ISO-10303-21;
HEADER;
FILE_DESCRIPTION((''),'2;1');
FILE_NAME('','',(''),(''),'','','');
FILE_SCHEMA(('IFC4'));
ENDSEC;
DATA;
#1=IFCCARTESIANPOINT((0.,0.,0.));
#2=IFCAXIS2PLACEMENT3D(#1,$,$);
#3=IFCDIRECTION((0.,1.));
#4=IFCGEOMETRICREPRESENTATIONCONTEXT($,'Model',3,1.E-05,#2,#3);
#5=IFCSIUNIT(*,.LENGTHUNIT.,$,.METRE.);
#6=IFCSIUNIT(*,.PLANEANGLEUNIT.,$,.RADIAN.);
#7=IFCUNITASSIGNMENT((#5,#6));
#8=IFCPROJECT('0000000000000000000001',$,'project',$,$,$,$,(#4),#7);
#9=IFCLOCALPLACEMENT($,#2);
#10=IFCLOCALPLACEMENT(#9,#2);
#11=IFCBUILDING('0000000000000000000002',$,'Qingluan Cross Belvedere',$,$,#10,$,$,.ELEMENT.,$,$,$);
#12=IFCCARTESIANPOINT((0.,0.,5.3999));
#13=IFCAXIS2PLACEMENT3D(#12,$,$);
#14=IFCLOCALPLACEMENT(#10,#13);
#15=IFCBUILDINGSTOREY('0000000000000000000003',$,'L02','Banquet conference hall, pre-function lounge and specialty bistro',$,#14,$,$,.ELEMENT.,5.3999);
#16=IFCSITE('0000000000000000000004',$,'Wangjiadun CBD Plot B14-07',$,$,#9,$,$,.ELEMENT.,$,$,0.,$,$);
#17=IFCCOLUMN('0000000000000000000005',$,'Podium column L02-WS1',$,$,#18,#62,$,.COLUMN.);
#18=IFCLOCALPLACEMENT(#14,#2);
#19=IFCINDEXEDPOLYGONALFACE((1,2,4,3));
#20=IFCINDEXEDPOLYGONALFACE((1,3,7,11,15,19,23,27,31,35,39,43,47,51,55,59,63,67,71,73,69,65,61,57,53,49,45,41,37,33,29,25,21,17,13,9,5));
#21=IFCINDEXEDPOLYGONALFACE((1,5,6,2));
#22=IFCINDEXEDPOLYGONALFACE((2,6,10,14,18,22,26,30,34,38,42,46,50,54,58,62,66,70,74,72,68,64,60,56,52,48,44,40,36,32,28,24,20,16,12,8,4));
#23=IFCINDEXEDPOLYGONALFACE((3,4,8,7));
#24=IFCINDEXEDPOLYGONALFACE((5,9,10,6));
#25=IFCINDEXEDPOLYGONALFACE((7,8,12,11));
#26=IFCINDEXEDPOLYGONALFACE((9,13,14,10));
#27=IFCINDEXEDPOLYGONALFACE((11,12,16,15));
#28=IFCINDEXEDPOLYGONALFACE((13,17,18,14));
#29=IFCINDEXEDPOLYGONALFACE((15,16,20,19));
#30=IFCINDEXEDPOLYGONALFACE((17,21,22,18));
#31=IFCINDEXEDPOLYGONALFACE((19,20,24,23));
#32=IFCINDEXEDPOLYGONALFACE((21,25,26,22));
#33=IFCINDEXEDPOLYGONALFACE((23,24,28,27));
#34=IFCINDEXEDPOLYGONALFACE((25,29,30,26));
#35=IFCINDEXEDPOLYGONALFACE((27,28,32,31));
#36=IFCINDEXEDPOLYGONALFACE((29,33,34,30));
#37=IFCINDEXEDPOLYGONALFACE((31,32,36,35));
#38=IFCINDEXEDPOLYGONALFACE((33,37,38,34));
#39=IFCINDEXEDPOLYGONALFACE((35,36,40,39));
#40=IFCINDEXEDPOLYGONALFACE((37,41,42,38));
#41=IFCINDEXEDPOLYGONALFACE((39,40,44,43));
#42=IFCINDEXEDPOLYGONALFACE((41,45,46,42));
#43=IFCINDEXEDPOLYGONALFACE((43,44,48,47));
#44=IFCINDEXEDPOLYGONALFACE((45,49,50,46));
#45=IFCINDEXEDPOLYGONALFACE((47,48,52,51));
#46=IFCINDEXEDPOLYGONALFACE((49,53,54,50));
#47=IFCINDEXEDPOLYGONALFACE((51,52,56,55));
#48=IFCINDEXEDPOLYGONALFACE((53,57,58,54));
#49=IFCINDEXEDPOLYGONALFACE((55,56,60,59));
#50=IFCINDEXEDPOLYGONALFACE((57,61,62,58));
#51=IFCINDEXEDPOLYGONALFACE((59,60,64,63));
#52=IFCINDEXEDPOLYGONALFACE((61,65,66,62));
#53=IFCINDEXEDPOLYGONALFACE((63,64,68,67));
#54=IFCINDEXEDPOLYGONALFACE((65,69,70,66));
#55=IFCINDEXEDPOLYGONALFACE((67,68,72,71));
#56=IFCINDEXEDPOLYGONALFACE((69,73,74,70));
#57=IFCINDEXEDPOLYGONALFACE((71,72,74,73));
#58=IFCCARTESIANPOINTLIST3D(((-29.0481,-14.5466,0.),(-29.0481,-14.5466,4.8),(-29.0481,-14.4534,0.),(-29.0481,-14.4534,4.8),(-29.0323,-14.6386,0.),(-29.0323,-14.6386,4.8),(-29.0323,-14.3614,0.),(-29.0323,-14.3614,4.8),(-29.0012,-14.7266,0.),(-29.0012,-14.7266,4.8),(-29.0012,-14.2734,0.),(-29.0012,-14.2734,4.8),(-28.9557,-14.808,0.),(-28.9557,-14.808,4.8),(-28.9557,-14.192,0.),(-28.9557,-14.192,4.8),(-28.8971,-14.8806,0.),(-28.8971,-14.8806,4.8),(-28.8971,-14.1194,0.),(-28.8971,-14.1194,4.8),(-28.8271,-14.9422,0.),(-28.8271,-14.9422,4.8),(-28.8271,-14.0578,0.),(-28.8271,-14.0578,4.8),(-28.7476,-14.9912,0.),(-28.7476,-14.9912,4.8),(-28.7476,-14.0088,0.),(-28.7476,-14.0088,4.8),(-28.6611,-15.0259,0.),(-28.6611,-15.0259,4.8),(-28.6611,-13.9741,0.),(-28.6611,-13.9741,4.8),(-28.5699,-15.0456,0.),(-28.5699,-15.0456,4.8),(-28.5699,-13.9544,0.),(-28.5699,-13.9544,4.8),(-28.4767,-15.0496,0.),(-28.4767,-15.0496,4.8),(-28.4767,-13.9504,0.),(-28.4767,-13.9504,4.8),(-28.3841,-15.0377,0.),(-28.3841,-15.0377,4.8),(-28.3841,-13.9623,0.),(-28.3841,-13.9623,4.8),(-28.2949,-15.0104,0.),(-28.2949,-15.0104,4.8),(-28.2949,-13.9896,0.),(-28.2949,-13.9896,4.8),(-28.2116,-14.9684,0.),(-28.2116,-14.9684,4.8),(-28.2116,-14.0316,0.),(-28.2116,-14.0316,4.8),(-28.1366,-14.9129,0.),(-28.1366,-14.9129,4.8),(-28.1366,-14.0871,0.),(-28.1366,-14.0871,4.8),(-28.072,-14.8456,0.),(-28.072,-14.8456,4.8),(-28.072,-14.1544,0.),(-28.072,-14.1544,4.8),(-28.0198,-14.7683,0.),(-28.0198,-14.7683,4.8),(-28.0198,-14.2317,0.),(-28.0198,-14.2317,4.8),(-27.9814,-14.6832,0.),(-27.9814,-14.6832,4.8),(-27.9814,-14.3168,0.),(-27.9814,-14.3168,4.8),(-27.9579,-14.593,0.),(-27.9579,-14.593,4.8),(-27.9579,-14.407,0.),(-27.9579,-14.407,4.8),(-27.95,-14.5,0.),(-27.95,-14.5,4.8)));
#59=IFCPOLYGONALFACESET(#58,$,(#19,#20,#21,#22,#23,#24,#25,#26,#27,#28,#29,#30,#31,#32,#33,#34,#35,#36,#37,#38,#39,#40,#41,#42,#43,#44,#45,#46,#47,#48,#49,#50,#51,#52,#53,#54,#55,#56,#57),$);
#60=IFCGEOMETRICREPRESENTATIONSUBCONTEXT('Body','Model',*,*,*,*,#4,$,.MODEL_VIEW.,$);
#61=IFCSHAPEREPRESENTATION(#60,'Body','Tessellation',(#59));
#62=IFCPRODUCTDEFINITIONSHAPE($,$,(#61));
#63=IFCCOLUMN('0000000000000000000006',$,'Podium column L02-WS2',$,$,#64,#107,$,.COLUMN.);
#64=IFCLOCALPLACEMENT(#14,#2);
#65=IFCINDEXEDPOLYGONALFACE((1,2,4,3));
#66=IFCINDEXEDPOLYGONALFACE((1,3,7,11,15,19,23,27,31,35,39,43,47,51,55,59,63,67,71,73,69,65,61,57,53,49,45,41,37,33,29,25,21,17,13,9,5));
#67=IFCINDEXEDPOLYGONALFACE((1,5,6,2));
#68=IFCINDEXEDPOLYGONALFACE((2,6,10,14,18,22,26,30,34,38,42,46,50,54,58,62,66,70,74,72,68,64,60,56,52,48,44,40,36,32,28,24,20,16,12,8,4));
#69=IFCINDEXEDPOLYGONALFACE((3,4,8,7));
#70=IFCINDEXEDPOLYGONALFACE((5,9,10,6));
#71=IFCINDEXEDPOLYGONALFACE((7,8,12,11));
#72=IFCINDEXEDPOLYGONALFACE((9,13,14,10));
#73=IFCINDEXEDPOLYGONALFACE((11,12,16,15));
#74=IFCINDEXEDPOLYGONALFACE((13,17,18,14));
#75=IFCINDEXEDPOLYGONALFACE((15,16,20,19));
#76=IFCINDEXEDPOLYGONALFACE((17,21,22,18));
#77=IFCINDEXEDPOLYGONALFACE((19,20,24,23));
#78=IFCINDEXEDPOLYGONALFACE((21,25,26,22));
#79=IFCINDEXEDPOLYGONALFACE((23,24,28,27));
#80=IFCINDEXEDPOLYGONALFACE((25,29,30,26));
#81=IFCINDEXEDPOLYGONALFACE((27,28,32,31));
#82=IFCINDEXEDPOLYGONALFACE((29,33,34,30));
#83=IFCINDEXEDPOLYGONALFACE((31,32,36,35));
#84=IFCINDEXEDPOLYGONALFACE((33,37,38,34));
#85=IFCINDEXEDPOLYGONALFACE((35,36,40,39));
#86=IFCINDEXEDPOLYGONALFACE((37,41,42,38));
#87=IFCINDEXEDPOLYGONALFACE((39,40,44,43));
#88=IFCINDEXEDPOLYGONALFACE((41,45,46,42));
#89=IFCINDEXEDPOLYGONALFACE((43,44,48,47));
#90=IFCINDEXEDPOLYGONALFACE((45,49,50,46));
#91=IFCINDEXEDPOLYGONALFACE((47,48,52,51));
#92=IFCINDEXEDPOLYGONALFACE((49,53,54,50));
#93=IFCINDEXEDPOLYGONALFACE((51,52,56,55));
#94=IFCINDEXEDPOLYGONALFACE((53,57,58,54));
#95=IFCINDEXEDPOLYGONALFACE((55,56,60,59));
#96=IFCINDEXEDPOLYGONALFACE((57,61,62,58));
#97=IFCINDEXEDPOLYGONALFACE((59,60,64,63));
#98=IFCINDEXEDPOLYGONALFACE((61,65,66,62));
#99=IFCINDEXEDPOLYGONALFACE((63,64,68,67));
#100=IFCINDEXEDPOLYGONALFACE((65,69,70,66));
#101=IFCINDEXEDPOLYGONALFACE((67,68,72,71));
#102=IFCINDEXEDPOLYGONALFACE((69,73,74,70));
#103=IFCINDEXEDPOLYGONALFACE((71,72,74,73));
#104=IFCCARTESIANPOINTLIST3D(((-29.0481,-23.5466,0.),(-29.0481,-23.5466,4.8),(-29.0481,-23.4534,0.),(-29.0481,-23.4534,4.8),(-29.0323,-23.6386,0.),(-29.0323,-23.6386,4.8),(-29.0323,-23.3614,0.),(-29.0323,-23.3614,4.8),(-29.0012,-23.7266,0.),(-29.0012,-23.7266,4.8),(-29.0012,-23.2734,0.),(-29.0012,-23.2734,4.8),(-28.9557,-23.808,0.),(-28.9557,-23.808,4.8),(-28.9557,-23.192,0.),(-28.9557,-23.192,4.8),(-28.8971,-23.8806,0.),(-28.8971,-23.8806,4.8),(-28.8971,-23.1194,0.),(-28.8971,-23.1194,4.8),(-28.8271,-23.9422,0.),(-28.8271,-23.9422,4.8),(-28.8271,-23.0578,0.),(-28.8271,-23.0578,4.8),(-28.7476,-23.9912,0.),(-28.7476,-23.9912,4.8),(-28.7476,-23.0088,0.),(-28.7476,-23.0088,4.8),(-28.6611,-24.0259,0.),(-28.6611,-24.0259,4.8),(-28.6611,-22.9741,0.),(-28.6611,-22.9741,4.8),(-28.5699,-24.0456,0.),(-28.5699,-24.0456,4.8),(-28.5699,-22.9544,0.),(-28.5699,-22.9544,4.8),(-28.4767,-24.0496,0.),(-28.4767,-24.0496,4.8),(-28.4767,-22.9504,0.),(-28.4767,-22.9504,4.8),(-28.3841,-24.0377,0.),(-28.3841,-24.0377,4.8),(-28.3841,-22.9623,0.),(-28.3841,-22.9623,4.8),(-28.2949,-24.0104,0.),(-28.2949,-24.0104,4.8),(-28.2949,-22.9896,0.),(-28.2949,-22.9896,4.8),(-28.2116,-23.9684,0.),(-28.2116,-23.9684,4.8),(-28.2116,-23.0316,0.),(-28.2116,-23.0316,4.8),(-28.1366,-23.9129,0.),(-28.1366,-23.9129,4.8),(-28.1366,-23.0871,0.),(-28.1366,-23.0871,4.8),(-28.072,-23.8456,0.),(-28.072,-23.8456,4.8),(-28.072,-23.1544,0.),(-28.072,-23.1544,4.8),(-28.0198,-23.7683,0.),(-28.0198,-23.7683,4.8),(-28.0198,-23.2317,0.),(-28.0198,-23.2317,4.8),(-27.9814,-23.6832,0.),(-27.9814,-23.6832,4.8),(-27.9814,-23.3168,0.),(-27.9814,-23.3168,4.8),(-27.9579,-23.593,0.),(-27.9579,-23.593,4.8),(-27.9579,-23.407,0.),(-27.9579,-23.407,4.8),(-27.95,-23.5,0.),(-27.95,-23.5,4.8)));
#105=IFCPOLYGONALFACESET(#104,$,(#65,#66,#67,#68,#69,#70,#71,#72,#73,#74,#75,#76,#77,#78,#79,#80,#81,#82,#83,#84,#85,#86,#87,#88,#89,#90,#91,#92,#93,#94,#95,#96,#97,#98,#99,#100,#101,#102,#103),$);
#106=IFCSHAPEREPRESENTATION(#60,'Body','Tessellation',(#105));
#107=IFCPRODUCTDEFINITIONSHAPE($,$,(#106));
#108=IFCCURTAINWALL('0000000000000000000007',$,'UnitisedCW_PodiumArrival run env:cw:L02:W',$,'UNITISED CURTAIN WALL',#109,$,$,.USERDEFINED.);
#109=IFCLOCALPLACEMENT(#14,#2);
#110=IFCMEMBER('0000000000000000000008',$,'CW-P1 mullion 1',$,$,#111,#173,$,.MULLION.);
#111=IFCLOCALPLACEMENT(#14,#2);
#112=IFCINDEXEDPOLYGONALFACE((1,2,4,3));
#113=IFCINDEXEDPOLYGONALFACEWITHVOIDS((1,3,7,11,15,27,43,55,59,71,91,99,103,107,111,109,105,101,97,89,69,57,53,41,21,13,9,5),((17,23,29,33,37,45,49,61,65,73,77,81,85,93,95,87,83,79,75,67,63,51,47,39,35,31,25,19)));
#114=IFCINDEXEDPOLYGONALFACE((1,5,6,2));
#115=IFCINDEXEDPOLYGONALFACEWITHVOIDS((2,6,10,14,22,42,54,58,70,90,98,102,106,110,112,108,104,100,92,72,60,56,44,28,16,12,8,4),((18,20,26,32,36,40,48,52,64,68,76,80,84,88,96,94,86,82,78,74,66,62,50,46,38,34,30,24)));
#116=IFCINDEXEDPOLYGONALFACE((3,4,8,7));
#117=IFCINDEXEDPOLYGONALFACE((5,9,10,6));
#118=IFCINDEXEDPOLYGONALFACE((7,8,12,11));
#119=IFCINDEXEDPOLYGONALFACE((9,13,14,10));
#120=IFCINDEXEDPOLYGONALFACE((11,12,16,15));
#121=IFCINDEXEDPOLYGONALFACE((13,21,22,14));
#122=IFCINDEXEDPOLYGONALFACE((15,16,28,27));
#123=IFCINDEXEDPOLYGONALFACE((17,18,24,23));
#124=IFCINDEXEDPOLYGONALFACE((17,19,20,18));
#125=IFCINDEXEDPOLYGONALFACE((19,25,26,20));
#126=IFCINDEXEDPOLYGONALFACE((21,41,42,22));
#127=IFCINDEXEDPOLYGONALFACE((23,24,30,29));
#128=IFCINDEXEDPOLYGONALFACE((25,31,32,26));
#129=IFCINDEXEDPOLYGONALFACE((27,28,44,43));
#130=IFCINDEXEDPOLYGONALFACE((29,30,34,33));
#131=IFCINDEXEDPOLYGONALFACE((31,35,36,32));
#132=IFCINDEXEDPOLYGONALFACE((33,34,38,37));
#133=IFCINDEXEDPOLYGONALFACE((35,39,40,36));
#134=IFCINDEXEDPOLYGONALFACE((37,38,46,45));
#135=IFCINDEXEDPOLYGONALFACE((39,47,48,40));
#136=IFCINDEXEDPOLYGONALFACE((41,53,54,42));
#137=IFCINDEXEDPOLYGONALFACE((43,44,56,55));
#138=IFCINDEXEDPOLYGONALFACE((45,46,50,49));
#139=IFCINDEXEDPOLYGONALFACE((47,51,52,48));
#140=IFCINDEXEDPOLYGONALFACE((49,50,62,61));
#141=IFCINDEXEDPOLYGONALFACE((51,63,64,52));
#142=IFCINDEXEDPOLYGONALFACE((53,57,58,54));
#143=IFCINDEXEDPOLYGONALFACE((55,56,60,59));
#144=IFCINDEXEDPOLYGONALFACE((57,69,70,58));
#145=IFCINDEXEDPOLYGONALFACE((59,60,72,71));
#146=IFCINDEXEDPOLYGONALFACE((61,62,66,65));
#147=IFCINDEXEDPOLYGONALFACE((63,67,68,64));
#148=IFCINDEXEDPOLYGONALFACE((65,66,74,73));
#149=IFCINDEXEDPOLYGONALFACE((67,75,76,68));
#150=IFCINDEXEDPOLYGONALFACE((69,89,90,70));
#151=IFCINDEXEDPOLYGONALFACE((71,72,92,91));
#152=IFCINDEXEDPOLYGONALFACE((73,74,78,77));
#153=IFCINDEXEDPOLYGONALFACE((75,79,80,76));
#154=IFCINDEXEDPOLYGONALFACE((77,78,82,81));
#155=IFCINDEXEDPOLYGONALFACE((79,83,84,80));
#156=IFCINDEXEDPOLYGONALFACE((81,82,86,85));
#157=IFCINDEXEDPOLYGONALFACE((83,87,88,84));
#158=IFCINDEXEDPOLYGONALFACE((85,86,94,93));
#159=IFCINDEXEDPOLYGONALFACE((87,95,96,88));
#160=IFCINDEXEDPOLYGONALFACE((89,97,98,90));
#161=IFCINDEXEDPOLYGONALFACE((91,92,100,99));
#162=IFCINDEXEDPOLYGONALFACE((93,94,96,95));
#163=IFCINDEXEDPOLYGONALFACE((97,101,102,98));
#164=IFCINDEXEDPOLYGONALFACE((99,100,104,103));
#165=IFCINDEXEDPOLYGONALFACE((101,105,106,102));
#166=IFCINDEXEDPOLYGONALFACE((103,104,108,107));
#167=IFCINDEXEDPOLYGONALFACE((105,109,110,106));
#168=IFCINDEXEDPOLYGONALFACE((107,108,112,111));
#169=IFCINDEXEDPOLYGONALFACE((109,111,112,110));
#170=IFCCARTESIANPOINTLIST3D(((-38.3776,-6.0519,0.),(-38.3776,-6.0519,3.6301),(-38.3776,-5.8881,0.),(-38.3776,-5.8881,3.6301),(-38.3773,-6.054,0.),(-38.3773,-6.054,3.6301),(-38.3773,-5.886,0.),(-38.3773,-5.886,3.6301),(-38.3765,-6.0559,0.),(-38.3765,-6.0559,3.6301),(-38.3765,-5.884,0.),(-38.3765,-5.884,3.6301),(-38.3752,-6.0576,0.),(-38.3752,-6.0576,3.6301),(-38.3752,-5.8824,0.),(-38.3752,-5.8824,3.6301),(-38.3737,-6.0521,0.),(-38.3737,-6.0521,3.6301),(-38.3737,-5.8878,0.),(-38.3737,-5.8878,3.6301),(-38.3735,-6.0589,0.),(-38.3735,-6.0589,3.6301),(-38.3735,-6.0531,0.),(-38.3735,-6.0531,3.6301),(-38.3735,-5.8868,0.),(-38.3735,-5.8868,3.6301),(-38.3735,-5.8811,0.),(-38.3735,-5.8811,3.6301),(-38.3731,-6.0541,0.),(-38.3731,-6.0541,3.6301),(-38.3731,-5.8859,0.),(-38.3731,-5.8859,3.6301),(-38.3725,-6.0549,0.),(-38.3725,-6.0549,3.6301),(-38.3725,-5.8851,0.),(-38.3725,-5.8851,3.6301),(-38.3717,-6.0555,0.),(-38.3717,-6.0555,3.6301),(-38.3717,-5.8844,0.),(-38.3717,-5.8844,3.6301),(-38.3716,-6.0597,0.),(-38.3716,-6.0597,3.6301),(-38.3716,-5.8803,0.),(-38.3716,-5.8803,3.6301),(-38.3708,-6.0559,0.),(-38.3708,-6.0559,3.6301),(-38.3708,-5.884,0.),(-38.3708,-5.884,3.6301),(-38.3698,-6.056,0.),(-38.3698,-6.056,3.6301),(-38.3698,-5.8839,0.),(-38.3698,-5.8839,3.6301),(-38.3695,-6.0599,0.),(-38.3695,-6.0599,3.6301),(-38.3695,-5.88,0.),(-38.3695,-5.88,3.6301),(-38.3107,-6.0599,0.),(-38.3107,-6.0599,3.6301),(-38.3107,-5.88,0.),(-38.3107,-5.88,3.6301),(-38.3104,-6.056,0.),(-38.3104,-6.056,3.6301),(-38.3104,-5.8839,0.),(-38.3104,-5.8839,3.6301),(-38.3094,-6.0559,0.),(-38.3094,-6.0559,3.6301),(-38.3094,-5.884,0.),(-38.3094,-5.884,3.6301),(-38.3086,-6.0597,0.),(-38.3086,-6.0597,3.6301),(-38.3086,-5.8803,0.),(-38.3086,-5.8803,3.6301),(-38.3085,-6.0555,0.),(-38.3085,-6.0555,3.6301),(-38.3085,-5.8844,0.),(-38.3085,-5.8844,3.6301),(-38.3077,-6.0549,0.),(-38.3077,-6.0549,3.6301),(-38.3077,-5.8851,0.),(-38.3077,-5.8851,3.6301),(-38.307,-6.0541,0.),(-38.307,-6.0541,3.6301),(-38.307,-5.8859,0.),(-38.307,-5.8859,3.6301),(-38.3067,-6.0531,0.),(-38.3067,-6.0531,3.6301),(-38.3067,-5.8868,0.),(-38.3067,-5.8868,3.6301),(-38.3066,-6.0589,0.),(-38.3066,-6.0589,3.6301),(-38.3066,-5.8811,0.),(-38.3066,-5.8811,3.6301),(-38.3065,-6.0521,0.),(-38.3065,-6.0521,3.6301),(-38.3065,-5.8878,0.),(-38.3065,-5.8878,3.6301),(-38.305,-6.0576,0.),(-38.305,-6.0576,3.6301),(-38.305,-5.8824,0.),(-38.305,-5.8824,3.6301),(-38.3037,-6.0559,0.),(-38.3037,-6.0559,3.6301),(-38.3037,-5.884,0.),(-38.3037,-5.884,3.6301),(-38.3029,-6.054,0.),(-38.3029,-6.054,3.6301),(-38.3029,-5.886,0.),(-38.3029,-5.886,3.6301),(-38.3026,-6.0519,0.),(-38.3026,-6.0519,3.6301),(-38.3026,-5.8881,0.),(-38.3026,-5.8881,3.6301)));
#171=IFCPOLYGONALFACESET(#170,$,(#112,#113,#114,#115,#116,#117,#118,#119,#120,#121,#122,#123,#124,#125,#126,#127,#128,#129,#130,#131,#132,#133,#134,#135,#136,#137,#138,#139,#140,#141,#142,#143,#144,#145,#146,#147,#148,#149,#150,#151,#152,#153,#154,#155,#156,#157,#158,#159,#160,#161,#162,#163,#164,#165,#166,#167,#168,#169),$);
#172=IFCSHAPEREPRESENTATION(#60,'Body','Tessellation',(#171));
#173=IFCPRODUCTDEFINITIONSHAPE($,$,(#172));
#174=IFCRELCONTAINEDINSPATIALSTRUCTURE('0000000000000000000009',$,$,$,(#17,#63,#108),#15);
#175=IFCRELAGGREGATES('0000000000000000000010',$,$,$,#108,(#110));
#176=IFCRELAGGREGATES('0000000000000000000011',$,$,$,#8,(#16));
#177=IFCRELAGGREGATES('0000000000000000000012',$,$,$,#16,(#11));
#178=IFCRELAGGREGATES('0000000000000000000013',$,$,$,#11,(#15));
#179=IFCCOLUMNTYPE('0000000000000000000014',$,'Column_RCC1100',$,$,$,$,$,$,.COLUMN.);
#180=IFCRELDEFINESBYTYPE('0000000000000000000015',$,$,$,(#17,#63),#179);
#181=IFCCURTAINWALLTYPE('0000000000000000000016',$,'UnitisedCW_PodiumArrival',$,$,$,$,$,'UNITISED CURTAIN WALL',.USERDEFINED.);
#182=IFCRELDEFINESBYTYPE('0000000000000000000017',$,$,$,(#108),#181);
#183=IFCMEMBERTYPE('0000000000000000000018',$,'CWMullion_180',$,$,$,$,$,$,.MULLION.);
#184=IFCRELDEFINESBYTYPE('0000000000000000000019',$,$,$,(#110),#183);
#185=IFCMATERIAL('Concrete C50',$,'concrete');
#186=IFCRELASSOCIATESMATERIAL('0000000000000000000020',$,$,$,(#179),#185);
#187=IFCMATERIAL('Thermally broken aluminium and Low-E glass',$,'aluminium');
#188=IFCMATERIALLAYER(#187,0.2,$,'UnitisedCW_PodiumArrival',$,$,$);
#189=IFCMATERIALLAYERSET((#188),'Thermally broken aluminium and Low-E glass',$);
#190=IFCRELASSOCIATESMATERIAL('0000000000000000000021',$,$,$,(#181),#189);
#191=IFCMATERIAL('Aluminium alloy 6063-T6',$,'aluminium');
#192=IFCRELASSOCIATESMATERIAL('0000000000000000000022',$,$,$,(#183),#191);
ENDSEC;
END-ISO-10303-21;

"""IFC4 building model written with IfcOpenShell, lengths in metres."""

from ifc_helpers import new_model, si_unit, direction, frame, origin, origin_2d, place, context, subcontext, project, spatial, hollow_rectangle, circle, extrude, material, layer, layer_set, material_profile, profile_set, type_object, element, aggregate, save


model = new_model("IFC4")

# Units and contexts
model_context = context("Model", 3, precision=1e-05, world=origin(), true_north=direction((0.0, 1.0)))
body_context = subcontext(model_context, "Body", "Model", "MODEL_VIEW")
ifc_project = project(units=[si_unit("LENGTHUNIT", "METRE"), si_unit("PLANEANGLEUNIT", "RADIAN")], contexts=[model_context])

# Site, building, storey
site_placement = place(None, origin())
site = spatial("IfcSite", under=ifc_project, at=site_placement, Name="Wangjiadun CBD Plot B14-07", CompositionType="ELEMENT", RefElevation=0.0)
building_placement = place(site_placement, origin())
building = spatial("IfcBuilding", under=site, at=building_placement, Name="Qingluan Cross Belvedere", CompositionType="ELEMENT")
storey_placement = place(building_placement, frame((0.0, 0.0, 5.3999)))
storey = spatial("IfcBuildingStorey", under=building, at=storey_placement, Name="L02", Description="Banquet conference hall, pre-function lounge and specialty bistro", CompositionType="ELEMENT", Elevation=5.3999)

# Columns
ifc_material_1 = material(Name="Concrete C50", Category="concrete")
ifc_material_profile_1 = material_profile(ifc_material_1, circle(Radius=0.55, at=origin_2d()), Name="RCC1100")
ifc_profile_set_1 = profile_set([ifc_material_profile_1], Name="Concrete C50")
column_type = type_object("IfcColumnType", Name="Column_RCC1100", PredefinedType="COLUMN", material=ifc_profile_set_1)
for number, where, z_axis, x_axis, name in (
    (1, (-28.5, -14.5, 0.0), (0.0, 0.0, 1.0), (1.0, 0.0, 0.0), "Podium column L02-WS1"),
    (2, (-28.5, -23.5, 0.0), (0.0, 0.0, 1.0), (1.0, 0.0, 0.0), "Podium column L02-WS2"),
):
    element("IfcColumn", number, at=place(storey_placement, frame(where, z_axis=z_axis, x_axis=x_axis)), inside=storey, type_object=column_type, Name=name, PredefinedType="COLUMN", context=body_context, shape_type="SweptSolid", body=[
        extrude(circle(Radius=0.55, at=origin_2d()), origin(), (0.0, 0.0, 1.0), 4.8),
    ])

# Curtain wall, member
ifc_material_2 = material(Name="Thermally broken aluminium and Low-E glass", Category="aluminium")
ifc_layer_1 = layer(ifc_material_2, 0.2, Name="UnitisedCW_PodiumArrival")
ifc_layer_set_1 = layer_set([ifc_layer_1], Name="Thermally broken aluminium and Low-E glass")
curtain_wall_type = type_object("IfcCurtainWallType", Name="UnitisedCW_PodiumArrival", ElementType="UNITISED CURTAIN WALL", PredefinedType="USERDEFINED", material=ifc_layer_set_1)
curtain_wall_placement = place(storey_placement, origin())
curtain_wall = element("IfcCurtainWall", 3, at=curtain_wall_placement, inside=storey, type_object=curtain_wall_type, Name="UnitisedCW_PodiumArrival run env:cw:L02:W", ObjectType="UNITISED CURTAIN WALL", PredefinedType="USERDEFINED")
ifc_material_3 = material(Name="Aluminium alloy 6063-T6", Category="aluminium")
ifc_material_profile_2 = material_profile(ifc_material_3, hollow_rectangle(XDim=0.075, YDim=0.1799, WallThickness=0.0039, InnerFilletRadius=0.0039, OuterFilletRadius=0.0081, at=origin_2d()), Name="CWM180x75x4")
ifc_profile_set_2 = profile_set([ifc_material_profile_2], Name="Aluminium alloy 6063-T6")
member_type_1 = type_object("IfcMemberType", Name="CWMullion_180", PredefinedType="MULLION", material=ifc_profile_set_2)
member_1_placement = place(storey_placement, frame((-38.3401, -5.97, 0.0), z_axis=(0.0, 0.0, 1.0), x_axis=(-1.0, 0.0, 0.0)))
member_1 = element("IfcMember", 4, at=member_1_placement, type_object=member_type_1, Name="CW-P1 mullion 1", PredefinedType="MULLION", context=body_context, shape_type="SweptSolid", body=[
    extrude(hollow_rectangle(XDim=0.075, YDim=0.1799, WallThickness=0.0039, InnerFilletRadius=0.0039, OuterFilletRadius=0.0081, at=origin_2d()), origin(), (0.0, 0.0, 1.0), 3.6301),
])
aggregate(curtain_wall, [member_1])

save(model, "model.ifc")
